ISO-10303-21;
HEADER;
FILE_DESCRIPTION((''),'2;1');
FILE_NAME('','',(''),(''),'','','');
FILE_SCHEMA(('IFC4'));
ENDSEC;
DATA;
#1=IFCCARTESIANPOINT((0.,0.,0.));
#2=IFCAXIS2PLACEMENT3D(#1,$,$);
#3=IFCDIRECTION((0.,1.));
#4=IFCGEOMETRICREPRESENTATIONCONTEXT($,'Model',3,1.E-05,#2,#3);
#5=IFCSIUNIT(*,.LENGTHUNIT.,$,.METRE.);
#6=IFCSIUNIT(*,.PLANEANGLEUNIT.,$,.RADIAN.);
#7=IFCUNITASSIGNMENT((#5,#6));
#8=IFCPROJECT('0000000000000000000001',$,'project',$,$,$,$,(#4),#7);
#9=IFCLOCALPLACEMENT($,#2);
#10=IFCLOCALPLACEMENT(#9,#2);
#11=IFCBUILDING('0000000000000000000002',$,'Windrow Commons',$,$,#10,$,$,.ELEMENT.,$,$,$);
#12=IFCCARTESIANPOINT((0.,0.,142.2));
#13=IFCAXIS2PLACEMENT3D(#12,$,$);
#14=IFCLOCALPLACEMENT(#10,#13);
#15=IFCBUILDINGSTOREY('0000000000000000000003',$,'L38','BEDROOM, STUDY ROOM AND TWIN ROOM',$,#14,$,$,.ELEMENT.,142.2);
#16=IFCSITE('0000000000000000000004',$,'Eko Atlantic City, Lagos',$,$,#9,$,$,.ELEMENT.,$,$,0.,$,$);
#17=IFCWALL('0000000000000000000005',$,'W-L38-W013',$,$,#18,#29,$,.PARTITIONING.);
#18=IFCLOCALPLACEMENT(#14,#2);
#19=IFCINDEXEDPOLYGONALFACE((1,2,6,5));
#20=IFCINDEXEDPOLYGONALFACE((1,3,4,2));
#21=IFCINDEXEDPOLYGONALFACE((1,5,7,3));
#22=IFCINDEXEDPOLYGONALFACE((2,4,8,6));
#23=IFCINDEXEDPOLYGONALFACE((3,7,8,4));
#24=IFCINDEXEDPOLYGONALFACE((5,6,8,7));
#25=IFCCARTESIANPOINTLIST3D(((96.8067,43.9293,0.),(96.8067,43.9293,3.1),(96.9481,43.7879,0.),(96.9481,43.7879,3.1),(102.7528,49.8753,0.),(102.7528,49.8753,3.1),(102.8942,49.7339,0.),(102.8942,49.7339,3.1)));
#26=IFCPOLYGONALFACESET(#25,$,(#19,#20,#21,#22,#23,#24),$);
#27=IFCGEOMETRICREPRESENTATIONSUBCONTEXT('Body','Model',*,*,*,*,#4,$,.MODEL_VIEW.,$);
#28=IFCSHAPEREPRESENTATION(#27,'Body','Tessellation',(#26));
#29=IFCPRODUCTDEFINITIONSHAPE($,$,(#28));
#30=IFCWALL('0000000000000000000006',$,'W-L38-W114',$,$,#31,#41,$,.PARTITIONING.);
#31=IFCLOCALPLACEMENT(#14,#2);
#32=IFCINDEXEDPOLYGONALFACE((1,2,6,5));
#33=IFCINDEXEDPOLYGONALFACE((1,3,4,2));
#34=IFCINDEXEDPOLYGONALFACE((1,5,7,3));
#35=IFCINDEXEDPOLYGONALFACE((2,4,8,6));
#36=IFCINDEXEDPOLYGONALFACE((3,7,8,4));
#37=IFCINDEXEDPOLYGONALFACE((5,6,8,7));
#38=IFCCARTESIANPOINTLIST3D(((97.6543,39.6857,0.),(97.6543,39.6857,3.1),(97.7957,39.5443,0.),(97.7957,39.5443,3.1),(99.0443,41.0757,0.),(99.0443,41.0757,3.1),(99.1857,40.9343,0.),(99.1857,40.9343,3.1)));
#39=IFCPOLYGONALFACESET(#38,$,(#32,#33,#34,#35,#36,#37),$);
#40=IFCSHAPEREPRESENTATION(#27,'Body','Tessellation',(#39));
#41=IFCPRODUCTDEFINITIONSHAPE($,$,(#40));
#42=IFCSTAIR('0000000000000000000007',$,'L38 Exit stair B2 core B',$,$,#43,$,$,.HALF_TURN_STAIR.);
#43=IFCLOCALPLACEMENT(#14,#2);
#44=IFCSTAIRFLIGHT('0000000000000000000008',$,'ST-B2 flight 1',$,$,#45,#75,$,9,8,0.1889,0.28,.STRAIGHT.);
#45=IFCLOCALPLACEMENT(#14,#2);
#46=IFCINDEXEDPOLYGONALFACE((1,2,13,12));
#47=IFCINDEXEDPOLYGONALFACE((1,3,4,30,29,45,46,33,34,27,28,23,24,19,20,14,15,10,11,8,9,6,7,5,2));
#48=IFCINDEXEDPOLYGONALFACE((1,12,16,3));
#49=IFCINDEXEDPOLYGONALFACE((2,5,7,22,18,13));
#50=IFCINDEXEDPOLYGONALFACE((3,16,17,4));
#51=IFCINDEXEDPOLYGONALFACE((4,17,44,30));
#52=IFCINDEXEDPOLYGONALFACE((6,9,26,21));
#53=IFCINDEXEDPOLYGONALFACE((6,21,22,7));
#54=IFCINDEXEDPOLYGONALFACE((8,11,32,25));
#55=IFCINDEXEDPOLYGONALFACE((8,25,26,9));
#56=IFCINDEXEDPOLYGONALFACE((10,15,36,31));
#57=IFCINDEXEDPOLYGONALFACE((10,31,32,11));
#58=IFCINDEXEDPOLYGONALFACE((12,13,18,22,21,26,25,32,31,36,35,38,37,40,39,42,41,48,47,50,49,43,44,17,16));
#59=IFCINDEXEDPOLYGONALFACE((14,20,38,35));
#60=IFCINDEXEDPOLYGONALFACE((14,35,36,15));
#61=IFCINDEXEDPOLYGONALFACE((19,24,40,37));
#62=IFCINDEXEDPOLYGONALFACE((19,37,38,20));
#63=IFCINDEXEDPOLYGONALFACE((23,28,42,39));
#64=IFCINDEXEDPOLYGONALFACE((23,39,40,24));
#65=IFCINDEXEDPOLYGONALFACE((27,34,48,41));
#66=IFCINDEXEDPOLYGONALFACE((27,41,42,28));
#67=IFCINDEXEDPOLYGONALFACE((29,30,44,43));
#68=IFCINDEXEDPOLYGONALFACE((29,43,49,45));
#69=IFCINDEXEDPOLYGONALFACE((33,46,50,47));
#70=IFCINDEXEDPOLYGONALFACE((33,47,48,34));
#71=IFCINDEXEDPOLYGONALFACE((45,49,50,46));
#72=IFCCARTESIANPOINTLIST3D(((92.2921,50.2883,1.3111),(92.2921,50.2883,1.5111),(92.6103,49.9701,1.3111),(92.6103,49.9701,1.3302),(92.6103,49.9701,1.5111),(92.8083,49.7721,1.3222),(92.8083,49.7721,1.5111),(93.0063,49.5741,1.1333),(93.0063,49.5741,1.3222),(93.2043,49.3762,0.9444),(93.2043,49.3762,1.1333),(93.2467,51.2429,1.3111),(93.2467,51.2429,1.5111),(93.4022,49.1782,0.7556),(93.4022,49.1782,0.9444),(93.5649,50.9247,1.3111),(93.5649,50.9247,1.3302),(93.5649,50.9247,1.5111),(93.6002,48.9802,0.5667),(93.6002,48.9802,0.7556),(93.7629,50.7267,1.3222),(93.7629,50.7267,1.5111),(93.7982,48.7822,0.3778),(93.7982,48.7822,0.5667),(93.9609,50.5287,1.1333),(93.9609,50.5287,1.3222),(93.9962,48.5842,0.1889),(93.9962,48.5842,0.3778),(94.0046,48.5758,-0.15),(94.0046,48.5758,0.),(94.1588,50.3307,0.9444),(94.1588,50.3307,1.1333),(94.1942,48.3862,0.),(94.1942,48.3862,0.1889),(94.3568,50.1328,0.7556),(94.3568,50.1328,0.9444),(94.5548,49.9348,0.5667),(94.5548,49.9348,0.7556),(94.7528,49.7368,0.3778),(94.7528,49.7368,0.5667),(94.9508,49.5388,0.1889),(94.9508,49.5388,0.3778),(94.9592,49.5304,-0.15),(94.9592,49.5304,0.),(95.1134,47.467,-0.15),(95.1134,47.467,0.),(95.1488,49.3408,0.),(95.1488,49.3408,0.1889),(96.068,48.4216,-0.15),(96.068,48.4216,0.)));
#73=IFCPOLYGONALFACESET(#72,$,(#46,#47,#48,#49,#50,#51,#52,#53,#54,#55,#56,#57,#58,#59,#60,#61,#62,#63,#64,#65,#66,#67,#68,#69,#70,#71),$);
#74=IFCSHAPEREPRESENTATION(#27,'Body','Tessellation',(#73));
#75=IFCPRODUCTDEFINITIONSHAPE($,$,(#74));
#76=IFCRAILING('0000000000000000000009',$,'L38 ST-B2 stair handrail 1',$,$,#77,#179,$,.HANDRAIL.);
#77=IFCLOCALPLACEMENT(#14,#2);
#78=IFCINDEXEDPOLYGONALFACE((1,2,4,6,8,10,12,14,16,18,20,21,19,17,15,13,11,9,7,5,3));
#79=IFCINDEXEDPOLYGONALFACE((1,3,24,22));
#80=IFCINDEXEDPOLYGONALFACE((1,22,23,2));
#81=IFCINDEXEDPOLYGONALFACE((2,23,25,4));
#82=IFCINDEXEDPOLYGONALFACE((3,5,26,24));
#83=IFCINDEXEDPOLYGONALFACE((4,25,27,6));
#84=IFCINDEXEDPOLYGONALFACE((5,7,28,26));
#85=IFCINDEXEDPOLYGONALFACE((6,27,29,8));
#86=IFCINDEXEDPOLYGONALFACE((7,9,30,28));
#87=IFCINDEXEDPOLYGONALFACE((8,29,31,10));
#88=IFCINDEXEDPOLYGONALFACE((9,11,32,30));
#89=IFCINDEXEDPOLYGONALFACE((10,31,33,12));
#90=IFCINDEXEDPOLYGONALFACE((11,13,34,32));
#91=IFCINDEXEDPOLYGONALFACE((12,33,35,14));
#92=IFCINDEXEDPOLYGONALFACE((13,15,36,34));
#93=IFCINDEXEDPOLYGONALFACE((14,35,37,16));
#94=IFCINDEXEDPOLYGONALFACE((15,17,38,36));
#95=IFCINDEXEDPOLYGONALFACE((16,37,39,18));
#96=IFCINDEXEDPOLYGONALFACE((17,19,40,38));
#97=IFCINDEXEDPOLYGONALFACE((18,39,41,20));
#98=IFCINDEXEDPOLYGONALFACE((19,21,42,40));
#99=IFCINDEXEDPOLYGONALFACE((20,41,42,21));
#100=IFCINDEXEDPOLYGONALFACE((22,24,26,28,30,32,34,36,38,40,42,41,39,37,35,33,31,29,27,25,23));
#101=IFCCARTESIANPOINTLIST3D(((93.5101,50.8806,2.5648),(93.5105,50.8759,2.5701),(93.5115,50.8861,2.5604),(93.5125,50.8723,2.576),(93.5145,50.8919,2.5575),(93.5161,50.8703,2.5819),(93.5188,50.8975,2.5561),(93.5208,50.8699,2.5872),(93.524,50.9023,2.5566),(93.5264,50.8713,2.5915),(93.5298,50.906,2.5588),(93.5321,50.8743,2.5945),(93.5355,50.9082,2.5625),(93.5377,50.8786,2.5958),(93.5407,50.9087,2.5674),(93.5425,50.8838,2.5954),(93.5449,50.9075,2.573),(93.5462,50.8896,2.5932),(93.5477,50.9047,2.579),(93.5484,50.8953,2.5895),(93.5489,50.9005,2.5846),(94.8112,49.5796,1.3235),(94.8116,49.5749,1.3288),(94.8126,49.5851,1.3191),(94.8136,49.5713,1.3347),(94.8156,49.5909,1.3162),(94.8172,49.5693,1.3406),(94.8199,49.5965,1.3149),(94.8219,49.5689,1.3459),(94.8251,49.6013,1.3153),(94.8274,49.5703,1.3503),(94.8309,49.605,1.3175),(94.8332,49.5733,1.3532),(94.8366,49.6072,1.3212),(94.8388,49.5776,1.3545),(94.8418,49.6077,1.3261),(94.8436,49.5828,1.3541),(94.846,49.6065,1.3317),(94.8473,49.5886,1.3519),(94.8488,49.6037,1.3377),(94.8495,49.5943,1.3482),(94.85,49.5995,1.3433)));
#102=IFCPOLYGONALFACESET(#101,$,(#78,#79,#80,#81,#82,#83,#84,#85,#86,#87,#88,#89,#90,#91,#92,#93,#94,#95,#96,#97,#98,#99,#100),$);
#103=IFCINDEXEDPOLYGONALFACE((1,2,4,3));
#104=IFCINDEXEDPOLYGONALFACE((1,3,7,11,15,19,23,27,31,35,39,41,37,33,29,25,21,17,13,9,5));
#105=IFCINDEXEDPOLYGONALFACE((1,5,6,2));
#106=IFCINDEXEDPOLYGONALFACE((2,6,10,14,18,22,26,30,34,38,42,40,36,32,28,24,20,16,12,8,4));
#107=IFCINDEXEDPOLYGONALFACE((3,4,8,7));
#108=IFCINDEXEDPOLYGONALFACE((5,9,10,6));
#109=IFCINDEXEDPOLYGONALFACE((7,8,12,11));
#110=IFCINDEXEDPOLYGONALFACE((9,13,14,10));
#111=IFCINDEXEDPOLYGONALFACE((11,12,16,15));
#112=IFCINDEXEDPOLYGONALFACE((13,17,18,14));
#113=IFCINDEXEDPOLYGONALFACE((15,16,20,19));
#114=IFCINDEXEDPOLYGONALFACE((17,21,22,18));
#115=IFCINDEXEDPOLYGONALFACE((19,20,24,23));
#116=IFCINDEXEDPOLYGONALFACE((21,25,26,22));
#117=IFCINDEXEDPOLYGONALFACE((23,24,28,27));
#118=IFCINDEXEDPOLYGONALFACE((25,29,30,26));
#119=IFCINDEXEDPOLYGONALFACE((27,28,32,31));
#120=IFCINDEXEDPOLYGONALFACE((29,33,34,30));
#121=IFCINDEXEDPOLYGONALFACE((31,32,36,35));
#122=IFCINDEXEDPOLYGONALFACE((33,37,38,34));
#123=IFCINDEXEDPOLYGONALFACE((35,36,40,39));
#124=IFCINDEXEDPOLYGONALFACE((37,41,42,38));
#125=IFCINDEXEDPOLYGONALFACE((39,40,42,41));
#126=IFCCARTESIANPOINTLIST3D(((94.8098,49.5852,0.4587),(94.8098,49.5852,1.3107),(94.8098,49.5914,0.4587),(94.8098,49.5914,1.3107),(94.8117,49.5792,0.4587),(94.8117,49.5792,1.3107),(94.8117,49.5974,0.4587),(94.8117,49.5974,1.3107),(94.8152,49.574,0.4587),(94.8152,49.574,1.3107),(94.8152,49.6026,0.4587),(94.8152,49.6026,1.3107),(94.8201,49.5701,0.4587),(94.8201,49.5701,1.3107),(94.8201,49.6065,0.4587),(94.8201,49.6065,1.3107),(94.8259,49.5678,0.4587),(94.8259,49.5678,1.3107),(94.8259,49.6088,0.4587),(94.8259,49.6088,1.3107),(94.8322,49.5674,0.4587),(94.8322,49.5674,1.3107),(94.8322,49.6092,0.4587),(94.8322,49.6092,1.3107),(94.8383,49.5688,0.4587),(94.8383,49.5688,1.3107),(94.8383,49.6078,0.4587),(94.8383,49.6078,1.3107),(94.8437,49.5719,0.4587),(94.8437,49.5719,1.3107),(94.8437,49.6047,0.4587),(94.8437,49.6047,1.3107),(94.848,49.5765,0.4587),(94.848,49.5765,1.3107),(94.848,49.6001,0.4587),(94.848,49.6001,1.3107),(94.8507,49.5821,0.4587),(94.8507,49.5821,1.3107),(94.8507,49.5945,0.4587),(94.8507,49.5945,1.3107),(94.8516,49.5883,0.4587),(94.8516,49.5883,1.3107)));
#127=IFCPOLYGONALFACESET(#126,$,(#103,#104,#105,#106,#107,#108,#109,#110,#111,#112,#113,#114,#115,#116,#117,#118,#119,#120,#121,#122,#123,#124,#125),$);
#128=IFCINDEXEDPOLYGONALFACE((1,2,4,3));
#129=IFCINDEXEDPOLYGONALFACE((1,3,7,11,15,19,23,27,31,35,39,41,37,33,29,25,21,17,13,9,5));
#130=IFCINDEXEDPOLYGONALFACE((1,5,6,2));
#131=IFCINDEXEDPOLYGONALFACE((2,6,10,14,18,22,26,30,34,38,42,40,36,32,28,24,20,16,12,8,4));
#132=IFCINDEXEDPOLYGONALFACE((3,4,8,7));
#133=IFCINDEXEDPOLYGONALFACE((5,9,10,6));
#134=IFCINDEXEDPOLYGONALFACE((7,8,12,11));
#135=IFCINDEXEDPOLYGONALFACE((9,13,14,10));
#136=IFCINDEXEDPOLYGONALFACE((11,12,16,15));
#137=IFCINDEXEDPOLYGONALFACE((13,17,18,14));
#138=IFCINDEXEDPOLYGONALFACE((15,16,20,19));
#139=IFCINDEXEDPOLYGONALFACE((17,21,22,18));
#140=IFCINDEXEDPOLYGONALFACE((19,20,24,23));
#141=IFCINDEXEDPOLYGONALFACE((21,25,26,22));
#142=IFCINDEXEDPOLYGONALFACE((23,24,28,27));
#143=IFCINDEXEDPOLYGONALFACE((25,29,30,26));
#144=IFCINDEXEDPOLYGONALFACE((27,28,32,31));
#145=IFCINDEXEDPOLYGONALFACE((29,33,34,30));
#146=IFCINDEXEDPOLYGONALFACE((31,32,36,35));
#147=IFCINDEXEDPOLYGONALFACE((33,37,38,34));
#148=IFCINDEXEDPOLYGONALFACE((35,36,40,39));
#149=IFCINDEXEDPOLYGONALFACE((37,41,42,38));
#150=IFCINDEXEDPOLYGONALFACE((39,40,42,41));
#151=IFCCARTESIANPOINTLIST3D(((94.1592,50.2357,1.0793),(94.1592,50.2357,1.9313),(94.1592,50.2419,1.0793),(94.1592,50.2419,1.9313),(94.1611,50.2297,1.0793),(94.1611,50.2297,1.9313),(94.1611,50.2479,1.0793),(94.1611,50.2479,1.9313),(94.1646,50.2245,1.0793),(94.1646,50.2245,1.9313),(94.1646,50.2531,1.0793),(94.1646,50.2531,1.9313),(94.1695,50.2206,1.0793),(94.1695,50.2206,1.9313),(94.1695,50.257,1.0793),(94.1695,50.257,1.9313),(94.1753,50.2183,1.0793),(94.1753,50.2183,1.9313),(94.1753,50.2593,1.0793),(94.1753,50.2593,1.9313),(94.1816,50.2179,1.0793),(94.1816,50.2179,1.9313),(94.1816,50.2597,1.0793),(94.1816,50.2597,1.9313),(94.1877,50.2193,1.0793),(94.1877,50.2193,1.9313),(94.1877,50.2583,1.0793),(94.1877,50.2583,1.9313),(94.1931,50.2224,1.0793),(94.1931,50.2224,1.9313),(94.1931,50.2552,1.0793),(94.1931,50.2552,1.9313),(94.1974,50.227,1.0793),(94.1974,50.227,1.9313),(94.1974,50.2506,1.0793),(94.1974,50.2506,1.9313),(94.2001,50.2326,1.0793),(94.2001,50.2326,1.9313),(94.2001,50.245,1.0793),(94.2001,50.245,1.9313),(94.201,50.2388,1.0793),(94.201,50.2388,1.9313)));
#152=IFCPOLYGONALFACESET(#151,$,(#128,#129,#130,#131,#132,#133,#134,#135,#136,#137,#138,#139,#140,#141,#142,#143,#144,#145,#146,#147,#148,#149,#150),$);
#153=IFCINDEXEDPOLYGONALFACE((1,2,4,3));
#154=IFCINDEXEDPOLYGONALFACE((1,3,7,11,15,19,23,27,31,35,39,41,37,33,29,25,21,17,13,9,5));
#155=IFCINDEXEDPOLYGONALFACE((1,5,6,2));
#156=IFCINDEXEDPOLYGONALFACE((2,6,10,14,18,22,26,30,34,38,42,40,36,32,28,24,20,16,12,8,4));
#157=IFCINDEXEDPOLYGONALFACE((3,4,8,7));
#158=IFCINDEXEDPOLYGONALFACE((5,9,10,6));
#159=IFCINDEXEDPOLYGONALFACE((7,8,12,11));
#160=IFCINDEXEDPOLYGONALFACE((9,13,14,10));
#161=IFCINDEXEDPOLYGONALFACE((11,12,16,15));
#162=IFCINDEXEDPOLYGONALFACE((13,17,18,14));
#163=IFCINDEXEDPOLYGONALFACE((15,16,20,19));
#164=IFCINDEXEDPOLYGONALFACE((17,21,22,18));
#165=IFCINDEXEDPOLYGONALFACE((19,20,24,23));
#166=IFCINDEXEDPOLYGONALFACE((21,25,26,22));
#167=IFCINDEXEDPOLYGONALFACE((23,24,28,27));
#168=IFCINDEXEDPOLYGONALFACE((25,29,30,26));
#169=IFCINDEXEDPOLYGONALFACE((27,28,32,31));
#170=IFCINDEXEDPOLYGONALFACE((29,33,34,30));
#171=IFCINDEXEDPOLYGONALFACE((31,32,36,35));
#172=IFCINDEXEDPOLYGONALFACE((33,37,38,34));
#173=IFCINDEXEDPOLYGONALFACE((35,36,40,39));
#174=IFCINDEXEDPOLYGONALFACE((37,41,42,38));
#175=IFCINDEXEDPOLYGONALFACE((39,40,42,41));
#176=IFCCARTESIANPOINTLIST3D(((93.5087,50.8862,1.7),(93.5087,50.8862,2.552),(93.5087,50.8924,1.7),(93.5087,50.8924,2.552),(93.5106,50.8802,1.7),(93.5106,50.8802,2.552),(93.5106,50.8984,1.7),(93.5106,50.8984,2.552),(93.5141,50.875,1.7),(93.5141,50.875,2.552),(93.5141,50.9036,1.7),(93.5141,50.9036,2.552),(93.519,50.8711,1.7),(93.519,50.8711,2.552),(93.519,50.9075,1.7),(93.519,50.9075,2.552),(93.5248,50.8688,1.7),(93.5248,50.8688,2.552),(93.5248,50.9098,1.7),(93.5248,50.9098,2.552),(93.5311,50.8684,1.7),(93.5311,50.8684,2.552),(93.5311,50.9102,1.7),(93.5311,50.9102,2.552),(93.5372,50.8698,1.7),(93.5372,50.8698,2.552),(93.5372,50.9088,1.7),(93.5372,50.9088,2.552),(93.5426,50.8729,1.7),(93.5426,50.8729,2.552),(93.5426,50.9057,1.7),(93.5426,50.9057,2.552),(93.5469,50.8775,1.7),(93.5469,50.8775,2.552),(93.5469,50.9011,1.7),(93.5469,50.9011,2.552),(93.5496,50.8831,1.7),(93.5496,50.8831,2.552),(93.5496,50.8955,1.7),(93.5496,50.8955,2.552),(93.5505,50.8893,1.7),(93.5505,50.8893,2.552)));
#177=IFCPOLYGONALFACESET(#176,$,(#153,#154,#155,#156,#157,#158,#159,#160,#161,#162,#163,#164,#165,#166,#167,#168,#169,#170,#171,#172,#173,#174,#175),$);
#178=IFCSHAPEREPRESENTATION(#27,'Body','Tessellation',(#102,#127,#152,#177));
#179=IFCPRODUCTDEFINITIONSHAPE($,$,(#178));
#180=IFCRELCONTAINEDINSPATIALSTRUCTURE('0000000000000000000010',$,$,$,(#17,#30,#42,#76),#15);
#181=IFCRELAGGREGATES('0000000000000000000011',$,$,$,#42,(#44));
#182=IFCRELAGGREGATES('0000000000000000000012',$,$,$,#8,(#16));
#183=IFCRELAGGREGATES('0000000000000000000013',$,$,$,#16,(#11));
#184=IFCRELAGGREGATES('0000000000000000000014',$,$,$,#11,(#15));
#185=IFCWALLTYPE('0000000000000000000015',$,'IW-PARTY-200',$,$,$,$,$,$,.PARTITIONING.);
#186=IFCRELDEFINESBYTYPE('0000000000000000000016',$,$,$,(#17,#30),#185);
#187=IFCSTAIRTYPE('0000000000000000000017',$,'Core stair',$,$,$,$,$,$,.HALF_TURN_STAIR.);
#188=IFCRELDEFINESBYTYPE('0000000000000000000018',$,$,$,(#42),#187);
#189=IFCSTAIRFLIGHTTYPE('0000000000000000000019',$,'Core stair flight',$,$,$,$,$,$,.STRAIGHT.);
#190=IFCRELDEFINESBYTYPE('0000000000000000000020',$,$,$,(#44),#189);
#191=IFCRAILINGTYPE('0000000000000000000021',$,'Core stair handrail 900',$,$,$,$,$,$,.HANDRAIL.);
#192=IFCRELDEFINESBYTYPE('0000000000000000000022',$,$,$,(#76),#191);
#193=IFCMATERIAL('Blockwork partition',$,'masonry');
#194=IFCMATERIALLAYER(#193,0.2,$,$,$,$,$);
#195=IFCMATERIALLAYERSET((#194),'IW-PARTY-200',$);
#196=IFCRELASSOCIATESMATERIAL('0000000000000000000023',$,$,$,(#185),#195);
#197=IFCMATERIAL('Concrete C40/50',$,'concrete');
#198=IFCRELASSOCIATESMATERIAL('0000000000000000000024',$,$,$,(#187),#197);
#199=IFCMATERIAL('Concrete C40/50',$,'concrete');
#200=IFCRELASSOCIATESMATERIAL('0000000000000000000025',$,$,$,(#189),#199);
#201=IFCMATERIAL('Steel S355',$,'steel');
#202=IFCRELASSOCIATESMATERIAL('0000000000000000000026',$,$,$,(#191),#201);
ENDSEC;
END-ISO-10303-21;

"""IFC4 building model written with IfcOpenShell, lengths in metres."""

from ifc_helpers import new_model, si_unit, direction, frame, frame_2d, origin, origin_2d, place, context, subcontext, project, spatial, polyline, rectangle, circle, outline, extrude, material, layer, layer_set, type_object, element, aggregate, save


model = new_model("IFC4")

# Units and contexts
model_context = context("Model", 3, precision=1e-05, world=origin(), true_north=direction((0.0, 1.0)))
body_context = subcontext(model_context, "Body", "Model", "MODEL_VIEW")
ifc_project = project(units=[si_unit("LENGTHUNIT", "METRE"), si_unit("PLANEANGLEUNIT", "RADIAN")], contexts=[model_context])

# Site, building, storey
site_placement = place(None, origin())
site = spatial("IfcSite", under=ifc_project, at=site_placement, Name="Eko Atlantic City, Lagos", CompositionType="ELEMENT", RefElevation=0.0)
building_placement = place(site_placement, origin())
building = spatial("IfcBuilding", under=site, at=building_placement, Name="Windrow Commons", CompositionType="ELEMENT")
storey_placement = place(building_placement, frame((0.0, 0.0, 142.2)))
storey = spatial("IfcBuildingStorey", under=building, at=storey_placement, Name="L38", Description="BEDROOM, STUDY ROOM AND TWIN ROOM", CompositionType="ELEMENT", Elevation=142.2)

# Walls
ifc_material_1 = material(Name="Blockwork partition", Category="masonry")
ifc_layer_1 = layer(ifc_material_1, 0.2)
ifc_layer_set_1 = layer_set([ifc_layer_1], Name="IW-PARTY-200")
wall_type_1 = type_object("IfcWallType", Name="IW-PARTY-200", PredefinedType="PARTITIONING", material=ifc_layer_set_1)
wall_1_placement = place(storey_placement, frame((96.8774, 43.8586, 0.0), z_axis=(0.0, 0.0, 1.0), x_axis=(0.707113, 0.707101, 0.0)))
element("IfcWall", 1, at=wall_1_placement, inside=storey, type_object=wall_type_1, Name="W-L38-W013", PredefinedType="PARTITIONING", context=body_context, shape_type="SweptSolid", body=[
    extrude(rectangle(XDim=8.409, YDim=0.2, at=frame_2d((4.2045, 0.0))), origin(), (0.0, 0.0, 1.0), 3.1),
])
wall_2_placement = place(storey_placement, frame((97.725, 39.615, 0.0), z_axis=(0.0, 0.0, 1.0), x_axis=(0.707107, 0.707107, 0.0)))
element("IfcWall", 2, at=wall_2_placement, inside=storey, type_object=wall_type_1, Name="W-L38-W114", PredefinedType="PARTITIONING", context=body_context, shape_type="SweptSolid", body=[
    extrude(rectangle(XDim=1.9658, YDim=0.2, at=frame_2d((0.9829, 0.0))), origin(), (0.0, 0.0, 1.0), 3.1),
])

# Stair, stair flight
ifc_material_2 = material(Name="Concrete C40/50", Category="concrete")
stair_type = type_object("IfcStairType", Name="Core stair", PredefinedType="HALF_TURN_STAIR", material=ifc_material_2)
stair_placement = place(storey_placement, origin())
stair = element("IfcStair", 3, at=stair_placement, inside=storey, type_object=stair_type, Name="L38 Exit stair B2 core B", PredefinedType="HALF_TURN_STAIR")
ifc_material_3 = material(Name="Concrete C40/50", Category="concrete")
stair_flight_type = type_object("IfcStairFlightType", Name="Core stair flight", PredefinedType="STRAIGHT", material=ifc_material_3)
stair_flight_placement = place(storey_placement, frame((94.6715, 48.8635, 0.0), z_axis=(0.0, 0.0, 1.0), x_axis=(-0.707107, 0.707107, 0.0)))
stair_flight = element("IfcStairFlight", 4, at=stair_flight_placement, type_object=stair_flight_type, Name="ST-B2 flight 1", NumberOfRisers=9, NumberOfTreads=8, PredefinedType="STRAIGHT", RiserHeight=0.1889, TreadLength=0.28, context=body_context, shape_type="SweptSolid", body=[
    extrude(outline(polyline([(-1.3, -0.15), (-1.3, 0.0), (0.0, 0.0), (0.0, 0.1889), (0.28, 0.1889), (0.28, 0.3778), (0.56, 0.3778), (0.56, 0.5667), (0.84, 0.5667), (0.84, 0.7556), (1.12, 0.7556), (1.12, 0.9444), (1.4, 0.9444), (1.4, 1.1333), (1.68, 1.1333), (1.68, 1.3222), (1.96, 1.3222), (1.96, 1.5111), (2.24, 1.5111), (2.69, 1.5111), (2.69, 1.3111), (2.24, 1.3111), (2.24, 1.3302), (0.2682, 0.0), (0.2682, -0.15), (-1.3, -0.15)])), frame((0.0, 0.675, 0.0), z_axis=(0.0, -1.0, 0.0), x_axis=(1.0, 0.0, 0.0)), (0.0, 0.0, 1.0), 1.35),
])
aggregate(stair, [stair_flight])

# Railing
ifc_material_4 = material(Name="Steel S355", Category="steel")
railing_type = type_object("IfcRailingType", Name="Core stair handrail 900", PredefinedType="HANDRAIL", material=ifc_material_4)
railing_placement = place(storey_placement, frame((94.8306, 49.5883, 0.4587)))
element("IfcRailing", 5, at=railing_placement, inside=storey, type_object=railing_type, Name="L38 ST-B2 stair handrail 1", PredefinedType="HANDRAIL", context=body_context, shape_type="SweptSolid", body=[
    extrude(circle(Radius=0.024, at=origin_2d()), frame((0.0, 0.0, 0.876), z_axis=(-0.586207, 0.586162, 0.559264), x_axis=(-0.70708, -0.707134, 0.0)), (0.0, 0.0, 1.0), 2.2195),
    extrude(circle(Radius=0.021, at=origin_2d()), origin(), (0.0, 0.0, 1.0), 0.852),
    extrude(circle(Radius=0.021, at=origin_2d()), frame((-0.6506, 0.6505, 0.6206)), (0.0, 0.0, 1.0), 0.852),
    extrude(circle(Radius=0.021, at=origin_2d()), frame((-1.3011, 1.301, 1.2413)), (0.0, 0.0, 1.0), 0.852),
])

save(model, "model.ifc")
